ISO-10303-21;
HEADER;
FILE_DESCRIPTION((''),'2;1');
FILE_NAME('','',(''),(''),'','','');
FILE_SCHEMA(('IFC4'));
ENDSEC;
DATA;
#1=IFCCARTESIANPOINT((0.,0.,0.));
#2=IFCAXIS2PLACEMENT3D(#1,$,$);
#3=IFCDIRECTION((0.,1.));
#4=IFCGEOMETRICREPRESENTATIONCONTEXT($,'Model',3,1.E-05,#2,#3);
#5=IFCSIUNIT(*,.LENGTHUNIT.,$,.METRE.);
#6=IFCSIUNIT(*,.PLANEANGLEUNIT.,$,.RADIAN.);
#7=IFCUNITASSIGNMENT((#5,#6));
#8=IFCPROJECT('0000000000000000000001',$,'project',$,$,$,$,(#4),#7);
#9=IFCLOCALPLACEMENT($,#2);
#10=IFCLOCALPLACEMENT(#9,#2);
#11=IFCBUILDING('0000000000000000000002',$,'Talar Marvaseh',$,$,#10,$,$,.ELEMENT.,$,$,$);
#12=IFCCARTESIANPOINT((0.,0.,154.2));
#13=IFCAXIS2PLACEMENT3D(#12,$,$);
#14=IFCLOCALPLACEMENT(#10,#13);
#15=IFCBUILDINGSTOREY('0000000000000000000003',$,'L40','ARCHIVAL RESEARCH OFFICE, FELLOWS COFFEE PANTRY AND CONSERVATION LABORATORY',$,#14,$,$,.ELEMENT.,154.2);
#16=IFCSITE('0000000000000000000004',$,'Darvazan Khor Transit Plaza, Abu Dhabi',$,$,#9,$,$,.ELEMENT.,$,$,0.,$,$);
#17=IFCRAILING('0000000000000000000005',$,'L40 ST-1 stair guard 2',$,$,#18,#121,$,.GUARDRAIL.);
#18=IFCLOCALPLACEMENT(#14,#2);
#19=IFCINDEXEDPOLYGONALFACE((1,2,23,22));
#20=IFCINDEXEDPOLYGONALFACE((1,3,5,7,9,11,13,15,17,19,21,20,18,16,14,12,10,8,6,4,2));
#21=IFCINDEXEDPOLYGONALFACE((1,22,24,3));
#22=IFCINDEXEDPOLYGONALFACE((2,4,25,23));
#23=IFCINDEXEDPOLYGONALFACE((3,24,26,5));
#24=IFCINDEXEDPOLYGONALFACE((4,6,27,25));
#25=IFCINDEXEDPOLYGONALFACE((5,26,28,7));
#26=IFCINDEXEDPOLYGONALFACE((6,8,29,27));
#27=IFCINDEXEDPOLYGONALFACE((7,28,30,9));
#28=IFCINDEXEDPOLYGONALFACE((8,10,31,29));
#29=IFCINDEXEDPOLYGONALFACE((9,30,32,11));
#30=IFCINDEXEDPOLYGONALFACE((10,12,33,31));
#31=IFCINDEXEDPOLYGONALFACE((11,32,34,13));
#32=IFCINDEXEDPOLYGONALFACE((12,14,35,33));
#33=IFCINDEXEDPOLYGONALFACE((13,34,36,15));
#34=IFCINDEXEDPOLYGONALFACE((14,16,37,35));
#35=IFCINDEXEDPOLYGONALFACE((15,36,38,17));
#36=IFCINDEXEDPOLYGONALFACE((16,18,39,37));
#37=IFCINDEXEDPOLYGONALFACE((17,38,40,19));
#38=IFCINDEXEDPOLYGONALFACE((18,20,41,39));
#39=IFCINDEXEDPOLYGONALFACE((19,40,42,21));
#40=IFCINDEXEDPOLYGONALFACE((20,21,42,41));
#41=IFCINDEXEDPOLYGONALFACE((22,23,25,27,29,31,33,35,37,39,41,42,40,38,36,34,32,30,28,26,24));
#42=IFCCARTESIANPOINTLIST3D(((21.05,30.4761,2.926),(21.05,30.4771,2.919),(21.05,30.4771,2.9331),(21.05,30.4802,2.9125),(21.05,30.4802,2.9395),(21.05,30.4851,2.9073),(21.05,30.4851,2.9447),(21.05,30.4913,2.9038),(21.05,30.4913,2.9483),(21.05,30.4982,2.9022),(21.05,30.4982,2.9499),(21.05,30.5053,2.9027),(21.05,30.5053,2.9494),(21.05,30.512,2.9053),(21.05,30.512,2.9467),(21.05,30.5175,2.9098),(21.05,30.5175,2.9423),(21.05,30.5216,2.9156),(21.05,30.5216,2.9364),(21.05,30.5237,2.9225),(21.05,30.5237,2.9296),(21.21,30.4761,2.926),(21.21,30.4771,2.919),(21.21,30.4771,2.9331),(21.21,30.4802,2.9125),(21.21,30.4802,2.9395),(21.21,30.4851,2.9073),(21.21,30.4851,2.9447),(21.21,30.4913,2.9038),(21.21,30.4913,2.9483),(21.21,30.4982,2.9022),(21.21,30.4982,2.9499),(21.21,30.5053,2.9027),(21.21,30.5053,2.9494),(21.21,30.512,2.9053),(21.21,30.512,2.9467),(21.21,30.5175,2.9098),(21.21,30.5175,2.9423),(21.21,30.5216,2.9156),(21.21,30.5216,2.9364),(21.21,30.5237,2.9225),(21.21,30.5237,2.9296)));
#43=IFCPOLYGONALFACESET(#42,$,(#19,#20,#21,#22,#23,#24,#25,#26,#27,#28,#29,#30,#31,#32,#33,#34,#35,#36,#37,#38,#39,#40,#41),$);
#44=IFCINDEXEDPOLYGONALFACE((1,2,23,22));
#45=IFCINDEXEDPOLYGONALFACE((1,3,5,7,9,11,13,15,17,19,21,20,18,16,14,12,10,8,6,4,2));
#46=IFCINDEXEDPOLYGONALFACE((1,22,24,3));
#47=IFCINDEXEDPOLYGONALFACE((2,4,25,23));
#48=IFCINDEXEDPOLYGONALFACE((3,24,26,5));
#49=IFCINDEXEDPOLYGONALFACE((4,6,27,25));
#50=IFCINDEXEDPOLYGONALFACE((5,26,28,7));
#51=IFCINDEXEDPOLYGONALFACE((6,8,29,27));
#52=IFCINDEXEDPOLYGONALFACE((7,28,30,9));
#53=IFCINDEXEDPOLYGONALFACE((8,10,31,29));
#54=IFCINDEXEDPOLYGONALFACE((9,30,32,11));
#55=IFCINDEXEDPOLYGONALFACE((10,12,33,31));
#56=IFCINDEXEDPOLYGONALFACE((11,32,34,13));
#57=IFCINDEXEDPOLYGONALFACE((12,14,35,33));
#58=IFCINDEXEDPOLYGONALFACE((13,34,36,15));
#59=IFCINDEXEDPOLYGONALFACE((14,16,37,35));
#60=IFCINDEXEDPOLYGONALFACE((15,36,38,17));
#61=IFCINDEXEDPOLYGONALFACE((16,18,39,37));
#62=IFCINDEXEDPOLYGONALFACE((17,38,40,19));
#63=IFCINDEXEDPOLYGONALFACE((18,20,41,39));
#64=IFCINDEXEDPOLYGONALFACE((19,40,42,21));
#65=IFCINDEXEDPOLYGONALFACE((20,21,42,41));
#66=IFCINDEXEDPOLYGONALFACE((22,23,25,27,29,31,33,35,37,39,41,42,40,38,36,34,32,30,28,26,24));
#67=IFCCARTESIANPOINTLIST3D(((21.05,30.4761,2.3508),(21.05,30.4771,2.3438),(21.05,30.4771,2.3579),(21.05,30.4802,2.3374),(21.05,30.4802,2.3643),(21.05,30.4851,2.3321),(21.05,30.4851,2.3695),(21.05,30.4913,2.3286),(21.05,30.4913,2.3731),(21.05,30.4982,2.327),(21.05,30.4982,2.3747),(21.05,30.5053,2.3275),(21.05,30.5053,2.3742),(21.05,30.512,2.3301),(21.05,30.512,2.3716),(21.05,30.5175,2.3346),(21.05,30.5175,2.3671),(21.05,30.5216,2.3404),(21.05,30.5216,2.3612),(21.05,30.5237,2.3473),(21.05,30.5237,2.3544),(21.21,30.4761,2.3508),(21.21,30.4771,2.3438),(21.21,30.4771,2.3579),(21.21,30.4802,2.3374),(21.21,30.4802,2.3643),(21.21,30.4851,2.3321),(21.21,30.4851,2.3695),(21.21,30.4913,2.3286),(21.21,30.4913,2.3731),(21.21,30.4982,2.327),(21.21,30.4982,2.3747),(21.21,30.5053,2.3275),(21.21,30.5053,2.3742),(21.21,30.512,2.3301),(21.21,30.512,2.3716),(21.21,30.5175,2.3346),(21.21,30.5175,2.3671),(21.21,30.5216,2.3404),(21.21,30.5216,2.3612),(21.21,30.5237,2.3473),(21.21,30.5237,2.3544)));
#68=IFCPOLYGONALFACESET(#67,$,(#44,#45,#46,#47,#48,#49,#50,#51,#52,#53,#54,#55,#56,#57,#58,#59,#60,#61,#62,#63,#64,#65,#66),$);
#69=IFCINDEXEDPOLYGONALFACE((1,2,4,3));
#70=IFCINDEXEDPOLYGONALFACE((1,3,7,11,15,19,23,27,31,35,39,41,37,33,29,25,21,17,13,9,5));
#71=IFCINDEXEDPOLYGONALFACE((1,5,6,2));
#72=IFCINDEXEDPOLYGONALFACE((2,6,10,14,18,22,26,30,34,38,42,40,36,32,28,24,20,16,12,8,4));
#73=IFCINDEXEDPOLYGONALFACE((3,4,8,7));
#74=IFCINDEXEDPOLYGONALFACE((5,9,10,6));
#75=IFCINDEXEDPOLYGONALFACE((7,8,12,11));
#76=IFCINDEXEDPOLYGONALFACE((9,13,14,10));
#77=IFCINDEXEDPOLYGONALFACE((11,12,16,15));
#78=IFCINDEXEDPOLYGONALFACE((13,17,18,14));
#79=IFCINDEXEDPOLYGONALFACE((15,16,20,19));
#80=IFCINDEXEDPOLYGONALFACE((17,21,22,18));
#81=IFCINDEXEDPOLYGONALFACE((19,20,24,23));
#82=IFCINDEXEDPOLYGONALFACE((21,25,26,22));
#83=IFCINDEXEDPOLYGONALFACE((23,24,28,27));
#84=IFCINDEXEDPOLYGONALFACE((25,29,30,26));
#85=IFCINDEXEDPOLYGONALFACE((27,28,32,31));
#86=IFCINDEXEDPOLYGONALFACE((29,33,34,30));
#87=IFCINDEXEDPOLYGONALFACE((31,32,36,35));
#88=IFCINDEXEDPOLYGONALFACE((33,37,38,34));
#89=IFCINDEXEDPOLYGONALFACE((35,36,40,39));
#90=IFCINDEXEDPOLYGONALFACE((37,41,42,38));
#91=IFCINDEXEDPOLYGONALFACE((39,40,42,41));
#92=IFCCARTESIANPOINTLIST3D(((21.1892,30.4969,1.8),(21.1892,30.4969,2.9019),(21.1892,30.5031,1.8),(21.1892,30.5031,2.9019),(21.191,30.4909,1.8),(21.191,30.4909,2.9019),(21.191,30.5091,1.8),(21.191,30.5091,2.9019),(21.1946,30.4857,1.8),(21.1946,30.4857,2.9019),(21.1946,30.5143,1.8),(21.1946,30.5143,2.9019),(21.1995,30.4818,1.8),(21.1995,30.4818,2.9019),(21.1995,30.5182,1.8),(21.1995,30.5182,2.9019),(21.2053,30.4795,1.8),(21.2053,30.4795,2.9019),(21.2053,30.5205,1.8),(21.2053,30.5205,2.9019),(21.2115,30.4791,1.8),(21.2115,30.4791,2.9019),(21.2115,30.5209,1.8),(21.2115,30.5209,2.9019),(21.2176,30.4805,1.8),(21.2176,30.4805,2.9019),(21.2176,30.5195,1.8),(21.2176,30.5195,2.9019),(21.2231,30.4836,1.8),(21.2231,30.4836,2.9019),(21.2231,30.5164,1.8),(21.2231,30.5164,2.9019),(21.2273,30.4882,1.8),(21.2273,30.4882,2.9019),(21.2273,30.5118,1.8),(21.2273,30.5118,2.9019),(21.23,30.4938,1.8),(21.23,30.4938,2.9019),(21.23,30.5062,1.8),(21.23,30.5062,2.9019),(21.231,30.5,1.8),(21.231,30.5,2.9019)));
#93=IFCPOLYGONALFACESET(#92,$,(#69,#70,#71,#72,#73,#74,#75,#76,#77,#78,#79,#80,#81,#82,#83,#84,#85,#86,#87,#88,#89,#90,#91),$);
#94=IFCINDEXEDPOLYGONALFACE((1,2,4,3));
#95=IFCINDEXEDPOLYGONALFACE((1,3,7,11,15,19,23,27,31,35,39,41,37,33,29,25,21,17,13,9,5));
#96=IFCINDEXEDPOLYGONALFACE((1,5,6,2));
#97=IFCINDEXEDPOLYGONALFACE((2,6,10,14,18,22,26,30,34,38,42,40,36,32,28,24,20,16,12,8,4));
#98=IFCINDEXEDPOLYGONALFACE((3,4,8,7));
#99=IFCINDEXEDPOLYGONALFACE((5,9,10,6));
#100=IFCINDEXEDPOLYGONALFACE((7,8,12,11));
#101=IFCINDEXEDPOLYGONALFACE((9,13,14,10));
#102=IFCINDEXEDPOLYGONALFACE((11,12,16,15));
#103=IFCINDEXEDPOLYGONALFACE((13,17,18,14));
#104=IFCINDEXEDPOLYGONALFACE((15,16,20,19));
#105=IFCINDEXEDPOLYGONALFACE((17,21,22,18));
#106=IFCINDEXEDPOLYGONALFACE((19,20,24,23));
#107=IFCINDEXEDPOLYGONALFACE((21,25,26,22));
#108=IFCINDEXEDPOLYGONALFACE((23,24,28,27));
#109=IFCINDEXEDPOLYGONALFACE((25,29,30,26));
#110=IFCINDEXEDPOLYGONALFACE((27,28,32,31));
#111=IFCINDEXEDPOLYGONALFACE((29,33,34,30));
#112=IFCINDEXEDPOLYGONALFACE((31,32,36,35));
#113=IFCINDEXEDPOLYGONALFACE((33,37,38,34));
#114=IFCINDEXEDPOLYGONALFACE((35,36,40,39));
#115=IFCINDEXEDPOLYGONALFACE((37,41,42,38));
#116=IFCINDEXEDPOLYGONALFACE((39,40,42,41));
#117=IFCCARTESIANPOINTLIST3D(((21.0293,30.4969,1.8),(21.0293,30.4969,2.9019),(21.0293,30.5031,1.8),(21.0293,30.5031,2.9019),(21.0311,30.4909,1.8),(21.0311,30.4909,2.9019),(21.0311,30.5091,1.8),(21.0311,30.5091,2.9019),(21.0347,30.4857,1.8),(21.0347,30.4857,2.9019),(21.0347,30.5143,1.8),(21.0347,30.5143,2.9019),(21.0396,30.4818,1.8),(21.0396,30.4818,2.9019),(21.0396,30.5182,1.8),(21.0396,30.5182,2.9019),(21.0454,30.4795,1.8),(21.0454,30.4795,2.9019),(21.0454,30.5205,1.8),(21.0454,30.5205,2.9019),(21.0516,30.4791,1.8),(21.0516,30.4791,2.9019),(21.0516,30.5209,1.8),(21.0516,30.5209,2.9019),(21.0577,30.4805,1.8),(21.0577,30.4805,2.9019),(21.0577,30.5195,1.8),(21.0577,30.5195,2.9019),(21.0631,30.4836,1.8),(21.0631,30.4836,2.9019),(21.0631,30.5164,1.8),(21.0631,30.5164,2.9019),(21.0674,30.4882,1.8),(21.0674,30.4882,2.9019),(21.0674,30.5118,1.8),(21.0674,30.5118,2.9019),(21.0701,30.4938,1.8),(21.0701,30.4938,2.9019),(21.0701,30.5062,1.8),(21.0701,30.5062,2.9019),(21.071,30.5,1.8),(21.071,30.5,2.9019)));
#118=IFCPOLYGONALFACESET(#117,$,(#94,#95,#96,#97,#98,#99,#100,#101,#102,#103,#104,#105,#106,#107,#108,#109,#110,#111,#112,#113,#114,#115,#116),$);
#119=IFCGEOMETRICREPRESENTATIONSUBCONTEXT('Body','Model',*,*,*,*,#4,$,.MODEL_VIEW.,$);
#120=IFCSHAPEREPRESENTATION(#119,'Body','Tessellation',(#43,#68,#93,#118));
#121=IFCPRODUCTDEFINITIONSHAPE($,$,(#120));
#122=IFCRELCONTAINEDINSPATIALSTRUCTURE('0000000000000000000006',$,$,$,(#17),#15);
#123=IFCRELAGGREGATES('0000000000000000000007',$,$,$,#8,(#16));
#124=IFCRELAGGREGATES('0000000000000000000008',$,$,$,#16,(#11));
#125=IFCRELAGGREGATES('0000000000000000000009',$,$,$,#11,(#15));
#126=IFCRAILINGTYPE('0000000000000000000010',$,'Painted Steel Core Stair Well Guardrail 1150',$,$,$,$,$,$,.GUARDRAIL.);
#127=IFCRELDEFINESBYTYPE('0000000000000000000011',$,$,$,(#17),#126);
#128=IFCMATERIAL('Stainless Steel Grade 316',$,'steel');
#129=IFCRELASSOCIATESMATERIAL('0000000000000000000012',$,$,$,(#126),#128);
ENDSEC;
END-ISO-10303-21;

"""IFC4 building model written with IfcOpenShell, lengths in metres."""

from ifc_helpers import new_model, si_unit, direction, frame, origin, origin_2d, place, context, subcontext, project, spatial, circle, extrude, material, type_object, element, save


model = new_model("IFC4")

# Units and contexts
model_context = context("Model", 3, precision=1e-05, world=origin(), true_north=direction((0.0, 1.0)))
body_context = subcontext(model_context, "Body", "Model", "MODEL_VIEW")
ifc_project = project(units=[si_unit("LENGTHUNIT", "METRE"), si_unit("PLANEANGLEUNIT", "RADIAN")], contexts=[model_context])

# Site, building, storey
site_placement = place(None, origin())
site = spatial("IfcSite", under=ifc_project, at=site_placement, Name="Darvazan Khor Transit Plaza, Abu Dhabi", CompositionType="ELEMENT", RefElevation=0.0)
building_placement = place(site_placement, origin())
building = spatial("IfcBuilding", under=site, at=building_placement, Name="Talar Marvaseh", CompositionType="ELEMENT")
storey_placement = place(building_placement, frame((0.0, 0.0, 154.2)))
storey = spatial("IfcBuildingStorey", under=building, at=storey_placement, Name="L40", Description="ARCHIVAL RESEARCH OFFICE, FELLOWS COFFEE PANTRY AND CONSERVATION LABORATORY", CompositionType="ELEMENT", Elevation=154.2)

# Railing
ifc_material_1 = material(Name="Stainless Steel Grade 316", Category="steel")
railing_type_1 = type_object("IfcRailingType", Name="Painted Steel Core Stair Well Guardrail 1150", PredefinedType="GUARDRAIL", material=ifc_material_1)
railing_1_placement = place(storey_placement, frame((21.21, 30.5, 1.8)))
element("IfcRailing", 1, at=railing_1_placement, inside=storey, type_object=railing_type_1, Name="L40 ST-1 stair guard 2", PredefinedType="GUARDRAIL", context=body_context, shape_type="SweptSolid", body=[
    extrude(circle(Radius=0.0239, at=origin_2d()), frame((0.0, 0.0, 1.126), z_axis=(-1.0, 0.0, 0.0), x_axis=(0.0, -1.0, 0.0)), (0.0, 0.0, 1.0), 0.1599),
    extrude(circle(Radius=0.0239, at=origin_2d()), frame((0.0, 0.0, 0.5508), z_axis=(-1.0, 0.0, 0.0), x_axis=(0.0, -1.0, 0.0)), (0.0, 0.0, 1.0), 0.1599),
    extrude(circle(Radius=0.021, at=origin_2d()), origin(), (0.0, 0.0, 1.0), 1.1018),
    extrude(circle(Radius=0.021, at=origin_2d()), frame((-0.1599, 0.0, 0.0)), (0.0, 0.0, 1.0), 1.1018),
])

save(model, "model.ifc")
